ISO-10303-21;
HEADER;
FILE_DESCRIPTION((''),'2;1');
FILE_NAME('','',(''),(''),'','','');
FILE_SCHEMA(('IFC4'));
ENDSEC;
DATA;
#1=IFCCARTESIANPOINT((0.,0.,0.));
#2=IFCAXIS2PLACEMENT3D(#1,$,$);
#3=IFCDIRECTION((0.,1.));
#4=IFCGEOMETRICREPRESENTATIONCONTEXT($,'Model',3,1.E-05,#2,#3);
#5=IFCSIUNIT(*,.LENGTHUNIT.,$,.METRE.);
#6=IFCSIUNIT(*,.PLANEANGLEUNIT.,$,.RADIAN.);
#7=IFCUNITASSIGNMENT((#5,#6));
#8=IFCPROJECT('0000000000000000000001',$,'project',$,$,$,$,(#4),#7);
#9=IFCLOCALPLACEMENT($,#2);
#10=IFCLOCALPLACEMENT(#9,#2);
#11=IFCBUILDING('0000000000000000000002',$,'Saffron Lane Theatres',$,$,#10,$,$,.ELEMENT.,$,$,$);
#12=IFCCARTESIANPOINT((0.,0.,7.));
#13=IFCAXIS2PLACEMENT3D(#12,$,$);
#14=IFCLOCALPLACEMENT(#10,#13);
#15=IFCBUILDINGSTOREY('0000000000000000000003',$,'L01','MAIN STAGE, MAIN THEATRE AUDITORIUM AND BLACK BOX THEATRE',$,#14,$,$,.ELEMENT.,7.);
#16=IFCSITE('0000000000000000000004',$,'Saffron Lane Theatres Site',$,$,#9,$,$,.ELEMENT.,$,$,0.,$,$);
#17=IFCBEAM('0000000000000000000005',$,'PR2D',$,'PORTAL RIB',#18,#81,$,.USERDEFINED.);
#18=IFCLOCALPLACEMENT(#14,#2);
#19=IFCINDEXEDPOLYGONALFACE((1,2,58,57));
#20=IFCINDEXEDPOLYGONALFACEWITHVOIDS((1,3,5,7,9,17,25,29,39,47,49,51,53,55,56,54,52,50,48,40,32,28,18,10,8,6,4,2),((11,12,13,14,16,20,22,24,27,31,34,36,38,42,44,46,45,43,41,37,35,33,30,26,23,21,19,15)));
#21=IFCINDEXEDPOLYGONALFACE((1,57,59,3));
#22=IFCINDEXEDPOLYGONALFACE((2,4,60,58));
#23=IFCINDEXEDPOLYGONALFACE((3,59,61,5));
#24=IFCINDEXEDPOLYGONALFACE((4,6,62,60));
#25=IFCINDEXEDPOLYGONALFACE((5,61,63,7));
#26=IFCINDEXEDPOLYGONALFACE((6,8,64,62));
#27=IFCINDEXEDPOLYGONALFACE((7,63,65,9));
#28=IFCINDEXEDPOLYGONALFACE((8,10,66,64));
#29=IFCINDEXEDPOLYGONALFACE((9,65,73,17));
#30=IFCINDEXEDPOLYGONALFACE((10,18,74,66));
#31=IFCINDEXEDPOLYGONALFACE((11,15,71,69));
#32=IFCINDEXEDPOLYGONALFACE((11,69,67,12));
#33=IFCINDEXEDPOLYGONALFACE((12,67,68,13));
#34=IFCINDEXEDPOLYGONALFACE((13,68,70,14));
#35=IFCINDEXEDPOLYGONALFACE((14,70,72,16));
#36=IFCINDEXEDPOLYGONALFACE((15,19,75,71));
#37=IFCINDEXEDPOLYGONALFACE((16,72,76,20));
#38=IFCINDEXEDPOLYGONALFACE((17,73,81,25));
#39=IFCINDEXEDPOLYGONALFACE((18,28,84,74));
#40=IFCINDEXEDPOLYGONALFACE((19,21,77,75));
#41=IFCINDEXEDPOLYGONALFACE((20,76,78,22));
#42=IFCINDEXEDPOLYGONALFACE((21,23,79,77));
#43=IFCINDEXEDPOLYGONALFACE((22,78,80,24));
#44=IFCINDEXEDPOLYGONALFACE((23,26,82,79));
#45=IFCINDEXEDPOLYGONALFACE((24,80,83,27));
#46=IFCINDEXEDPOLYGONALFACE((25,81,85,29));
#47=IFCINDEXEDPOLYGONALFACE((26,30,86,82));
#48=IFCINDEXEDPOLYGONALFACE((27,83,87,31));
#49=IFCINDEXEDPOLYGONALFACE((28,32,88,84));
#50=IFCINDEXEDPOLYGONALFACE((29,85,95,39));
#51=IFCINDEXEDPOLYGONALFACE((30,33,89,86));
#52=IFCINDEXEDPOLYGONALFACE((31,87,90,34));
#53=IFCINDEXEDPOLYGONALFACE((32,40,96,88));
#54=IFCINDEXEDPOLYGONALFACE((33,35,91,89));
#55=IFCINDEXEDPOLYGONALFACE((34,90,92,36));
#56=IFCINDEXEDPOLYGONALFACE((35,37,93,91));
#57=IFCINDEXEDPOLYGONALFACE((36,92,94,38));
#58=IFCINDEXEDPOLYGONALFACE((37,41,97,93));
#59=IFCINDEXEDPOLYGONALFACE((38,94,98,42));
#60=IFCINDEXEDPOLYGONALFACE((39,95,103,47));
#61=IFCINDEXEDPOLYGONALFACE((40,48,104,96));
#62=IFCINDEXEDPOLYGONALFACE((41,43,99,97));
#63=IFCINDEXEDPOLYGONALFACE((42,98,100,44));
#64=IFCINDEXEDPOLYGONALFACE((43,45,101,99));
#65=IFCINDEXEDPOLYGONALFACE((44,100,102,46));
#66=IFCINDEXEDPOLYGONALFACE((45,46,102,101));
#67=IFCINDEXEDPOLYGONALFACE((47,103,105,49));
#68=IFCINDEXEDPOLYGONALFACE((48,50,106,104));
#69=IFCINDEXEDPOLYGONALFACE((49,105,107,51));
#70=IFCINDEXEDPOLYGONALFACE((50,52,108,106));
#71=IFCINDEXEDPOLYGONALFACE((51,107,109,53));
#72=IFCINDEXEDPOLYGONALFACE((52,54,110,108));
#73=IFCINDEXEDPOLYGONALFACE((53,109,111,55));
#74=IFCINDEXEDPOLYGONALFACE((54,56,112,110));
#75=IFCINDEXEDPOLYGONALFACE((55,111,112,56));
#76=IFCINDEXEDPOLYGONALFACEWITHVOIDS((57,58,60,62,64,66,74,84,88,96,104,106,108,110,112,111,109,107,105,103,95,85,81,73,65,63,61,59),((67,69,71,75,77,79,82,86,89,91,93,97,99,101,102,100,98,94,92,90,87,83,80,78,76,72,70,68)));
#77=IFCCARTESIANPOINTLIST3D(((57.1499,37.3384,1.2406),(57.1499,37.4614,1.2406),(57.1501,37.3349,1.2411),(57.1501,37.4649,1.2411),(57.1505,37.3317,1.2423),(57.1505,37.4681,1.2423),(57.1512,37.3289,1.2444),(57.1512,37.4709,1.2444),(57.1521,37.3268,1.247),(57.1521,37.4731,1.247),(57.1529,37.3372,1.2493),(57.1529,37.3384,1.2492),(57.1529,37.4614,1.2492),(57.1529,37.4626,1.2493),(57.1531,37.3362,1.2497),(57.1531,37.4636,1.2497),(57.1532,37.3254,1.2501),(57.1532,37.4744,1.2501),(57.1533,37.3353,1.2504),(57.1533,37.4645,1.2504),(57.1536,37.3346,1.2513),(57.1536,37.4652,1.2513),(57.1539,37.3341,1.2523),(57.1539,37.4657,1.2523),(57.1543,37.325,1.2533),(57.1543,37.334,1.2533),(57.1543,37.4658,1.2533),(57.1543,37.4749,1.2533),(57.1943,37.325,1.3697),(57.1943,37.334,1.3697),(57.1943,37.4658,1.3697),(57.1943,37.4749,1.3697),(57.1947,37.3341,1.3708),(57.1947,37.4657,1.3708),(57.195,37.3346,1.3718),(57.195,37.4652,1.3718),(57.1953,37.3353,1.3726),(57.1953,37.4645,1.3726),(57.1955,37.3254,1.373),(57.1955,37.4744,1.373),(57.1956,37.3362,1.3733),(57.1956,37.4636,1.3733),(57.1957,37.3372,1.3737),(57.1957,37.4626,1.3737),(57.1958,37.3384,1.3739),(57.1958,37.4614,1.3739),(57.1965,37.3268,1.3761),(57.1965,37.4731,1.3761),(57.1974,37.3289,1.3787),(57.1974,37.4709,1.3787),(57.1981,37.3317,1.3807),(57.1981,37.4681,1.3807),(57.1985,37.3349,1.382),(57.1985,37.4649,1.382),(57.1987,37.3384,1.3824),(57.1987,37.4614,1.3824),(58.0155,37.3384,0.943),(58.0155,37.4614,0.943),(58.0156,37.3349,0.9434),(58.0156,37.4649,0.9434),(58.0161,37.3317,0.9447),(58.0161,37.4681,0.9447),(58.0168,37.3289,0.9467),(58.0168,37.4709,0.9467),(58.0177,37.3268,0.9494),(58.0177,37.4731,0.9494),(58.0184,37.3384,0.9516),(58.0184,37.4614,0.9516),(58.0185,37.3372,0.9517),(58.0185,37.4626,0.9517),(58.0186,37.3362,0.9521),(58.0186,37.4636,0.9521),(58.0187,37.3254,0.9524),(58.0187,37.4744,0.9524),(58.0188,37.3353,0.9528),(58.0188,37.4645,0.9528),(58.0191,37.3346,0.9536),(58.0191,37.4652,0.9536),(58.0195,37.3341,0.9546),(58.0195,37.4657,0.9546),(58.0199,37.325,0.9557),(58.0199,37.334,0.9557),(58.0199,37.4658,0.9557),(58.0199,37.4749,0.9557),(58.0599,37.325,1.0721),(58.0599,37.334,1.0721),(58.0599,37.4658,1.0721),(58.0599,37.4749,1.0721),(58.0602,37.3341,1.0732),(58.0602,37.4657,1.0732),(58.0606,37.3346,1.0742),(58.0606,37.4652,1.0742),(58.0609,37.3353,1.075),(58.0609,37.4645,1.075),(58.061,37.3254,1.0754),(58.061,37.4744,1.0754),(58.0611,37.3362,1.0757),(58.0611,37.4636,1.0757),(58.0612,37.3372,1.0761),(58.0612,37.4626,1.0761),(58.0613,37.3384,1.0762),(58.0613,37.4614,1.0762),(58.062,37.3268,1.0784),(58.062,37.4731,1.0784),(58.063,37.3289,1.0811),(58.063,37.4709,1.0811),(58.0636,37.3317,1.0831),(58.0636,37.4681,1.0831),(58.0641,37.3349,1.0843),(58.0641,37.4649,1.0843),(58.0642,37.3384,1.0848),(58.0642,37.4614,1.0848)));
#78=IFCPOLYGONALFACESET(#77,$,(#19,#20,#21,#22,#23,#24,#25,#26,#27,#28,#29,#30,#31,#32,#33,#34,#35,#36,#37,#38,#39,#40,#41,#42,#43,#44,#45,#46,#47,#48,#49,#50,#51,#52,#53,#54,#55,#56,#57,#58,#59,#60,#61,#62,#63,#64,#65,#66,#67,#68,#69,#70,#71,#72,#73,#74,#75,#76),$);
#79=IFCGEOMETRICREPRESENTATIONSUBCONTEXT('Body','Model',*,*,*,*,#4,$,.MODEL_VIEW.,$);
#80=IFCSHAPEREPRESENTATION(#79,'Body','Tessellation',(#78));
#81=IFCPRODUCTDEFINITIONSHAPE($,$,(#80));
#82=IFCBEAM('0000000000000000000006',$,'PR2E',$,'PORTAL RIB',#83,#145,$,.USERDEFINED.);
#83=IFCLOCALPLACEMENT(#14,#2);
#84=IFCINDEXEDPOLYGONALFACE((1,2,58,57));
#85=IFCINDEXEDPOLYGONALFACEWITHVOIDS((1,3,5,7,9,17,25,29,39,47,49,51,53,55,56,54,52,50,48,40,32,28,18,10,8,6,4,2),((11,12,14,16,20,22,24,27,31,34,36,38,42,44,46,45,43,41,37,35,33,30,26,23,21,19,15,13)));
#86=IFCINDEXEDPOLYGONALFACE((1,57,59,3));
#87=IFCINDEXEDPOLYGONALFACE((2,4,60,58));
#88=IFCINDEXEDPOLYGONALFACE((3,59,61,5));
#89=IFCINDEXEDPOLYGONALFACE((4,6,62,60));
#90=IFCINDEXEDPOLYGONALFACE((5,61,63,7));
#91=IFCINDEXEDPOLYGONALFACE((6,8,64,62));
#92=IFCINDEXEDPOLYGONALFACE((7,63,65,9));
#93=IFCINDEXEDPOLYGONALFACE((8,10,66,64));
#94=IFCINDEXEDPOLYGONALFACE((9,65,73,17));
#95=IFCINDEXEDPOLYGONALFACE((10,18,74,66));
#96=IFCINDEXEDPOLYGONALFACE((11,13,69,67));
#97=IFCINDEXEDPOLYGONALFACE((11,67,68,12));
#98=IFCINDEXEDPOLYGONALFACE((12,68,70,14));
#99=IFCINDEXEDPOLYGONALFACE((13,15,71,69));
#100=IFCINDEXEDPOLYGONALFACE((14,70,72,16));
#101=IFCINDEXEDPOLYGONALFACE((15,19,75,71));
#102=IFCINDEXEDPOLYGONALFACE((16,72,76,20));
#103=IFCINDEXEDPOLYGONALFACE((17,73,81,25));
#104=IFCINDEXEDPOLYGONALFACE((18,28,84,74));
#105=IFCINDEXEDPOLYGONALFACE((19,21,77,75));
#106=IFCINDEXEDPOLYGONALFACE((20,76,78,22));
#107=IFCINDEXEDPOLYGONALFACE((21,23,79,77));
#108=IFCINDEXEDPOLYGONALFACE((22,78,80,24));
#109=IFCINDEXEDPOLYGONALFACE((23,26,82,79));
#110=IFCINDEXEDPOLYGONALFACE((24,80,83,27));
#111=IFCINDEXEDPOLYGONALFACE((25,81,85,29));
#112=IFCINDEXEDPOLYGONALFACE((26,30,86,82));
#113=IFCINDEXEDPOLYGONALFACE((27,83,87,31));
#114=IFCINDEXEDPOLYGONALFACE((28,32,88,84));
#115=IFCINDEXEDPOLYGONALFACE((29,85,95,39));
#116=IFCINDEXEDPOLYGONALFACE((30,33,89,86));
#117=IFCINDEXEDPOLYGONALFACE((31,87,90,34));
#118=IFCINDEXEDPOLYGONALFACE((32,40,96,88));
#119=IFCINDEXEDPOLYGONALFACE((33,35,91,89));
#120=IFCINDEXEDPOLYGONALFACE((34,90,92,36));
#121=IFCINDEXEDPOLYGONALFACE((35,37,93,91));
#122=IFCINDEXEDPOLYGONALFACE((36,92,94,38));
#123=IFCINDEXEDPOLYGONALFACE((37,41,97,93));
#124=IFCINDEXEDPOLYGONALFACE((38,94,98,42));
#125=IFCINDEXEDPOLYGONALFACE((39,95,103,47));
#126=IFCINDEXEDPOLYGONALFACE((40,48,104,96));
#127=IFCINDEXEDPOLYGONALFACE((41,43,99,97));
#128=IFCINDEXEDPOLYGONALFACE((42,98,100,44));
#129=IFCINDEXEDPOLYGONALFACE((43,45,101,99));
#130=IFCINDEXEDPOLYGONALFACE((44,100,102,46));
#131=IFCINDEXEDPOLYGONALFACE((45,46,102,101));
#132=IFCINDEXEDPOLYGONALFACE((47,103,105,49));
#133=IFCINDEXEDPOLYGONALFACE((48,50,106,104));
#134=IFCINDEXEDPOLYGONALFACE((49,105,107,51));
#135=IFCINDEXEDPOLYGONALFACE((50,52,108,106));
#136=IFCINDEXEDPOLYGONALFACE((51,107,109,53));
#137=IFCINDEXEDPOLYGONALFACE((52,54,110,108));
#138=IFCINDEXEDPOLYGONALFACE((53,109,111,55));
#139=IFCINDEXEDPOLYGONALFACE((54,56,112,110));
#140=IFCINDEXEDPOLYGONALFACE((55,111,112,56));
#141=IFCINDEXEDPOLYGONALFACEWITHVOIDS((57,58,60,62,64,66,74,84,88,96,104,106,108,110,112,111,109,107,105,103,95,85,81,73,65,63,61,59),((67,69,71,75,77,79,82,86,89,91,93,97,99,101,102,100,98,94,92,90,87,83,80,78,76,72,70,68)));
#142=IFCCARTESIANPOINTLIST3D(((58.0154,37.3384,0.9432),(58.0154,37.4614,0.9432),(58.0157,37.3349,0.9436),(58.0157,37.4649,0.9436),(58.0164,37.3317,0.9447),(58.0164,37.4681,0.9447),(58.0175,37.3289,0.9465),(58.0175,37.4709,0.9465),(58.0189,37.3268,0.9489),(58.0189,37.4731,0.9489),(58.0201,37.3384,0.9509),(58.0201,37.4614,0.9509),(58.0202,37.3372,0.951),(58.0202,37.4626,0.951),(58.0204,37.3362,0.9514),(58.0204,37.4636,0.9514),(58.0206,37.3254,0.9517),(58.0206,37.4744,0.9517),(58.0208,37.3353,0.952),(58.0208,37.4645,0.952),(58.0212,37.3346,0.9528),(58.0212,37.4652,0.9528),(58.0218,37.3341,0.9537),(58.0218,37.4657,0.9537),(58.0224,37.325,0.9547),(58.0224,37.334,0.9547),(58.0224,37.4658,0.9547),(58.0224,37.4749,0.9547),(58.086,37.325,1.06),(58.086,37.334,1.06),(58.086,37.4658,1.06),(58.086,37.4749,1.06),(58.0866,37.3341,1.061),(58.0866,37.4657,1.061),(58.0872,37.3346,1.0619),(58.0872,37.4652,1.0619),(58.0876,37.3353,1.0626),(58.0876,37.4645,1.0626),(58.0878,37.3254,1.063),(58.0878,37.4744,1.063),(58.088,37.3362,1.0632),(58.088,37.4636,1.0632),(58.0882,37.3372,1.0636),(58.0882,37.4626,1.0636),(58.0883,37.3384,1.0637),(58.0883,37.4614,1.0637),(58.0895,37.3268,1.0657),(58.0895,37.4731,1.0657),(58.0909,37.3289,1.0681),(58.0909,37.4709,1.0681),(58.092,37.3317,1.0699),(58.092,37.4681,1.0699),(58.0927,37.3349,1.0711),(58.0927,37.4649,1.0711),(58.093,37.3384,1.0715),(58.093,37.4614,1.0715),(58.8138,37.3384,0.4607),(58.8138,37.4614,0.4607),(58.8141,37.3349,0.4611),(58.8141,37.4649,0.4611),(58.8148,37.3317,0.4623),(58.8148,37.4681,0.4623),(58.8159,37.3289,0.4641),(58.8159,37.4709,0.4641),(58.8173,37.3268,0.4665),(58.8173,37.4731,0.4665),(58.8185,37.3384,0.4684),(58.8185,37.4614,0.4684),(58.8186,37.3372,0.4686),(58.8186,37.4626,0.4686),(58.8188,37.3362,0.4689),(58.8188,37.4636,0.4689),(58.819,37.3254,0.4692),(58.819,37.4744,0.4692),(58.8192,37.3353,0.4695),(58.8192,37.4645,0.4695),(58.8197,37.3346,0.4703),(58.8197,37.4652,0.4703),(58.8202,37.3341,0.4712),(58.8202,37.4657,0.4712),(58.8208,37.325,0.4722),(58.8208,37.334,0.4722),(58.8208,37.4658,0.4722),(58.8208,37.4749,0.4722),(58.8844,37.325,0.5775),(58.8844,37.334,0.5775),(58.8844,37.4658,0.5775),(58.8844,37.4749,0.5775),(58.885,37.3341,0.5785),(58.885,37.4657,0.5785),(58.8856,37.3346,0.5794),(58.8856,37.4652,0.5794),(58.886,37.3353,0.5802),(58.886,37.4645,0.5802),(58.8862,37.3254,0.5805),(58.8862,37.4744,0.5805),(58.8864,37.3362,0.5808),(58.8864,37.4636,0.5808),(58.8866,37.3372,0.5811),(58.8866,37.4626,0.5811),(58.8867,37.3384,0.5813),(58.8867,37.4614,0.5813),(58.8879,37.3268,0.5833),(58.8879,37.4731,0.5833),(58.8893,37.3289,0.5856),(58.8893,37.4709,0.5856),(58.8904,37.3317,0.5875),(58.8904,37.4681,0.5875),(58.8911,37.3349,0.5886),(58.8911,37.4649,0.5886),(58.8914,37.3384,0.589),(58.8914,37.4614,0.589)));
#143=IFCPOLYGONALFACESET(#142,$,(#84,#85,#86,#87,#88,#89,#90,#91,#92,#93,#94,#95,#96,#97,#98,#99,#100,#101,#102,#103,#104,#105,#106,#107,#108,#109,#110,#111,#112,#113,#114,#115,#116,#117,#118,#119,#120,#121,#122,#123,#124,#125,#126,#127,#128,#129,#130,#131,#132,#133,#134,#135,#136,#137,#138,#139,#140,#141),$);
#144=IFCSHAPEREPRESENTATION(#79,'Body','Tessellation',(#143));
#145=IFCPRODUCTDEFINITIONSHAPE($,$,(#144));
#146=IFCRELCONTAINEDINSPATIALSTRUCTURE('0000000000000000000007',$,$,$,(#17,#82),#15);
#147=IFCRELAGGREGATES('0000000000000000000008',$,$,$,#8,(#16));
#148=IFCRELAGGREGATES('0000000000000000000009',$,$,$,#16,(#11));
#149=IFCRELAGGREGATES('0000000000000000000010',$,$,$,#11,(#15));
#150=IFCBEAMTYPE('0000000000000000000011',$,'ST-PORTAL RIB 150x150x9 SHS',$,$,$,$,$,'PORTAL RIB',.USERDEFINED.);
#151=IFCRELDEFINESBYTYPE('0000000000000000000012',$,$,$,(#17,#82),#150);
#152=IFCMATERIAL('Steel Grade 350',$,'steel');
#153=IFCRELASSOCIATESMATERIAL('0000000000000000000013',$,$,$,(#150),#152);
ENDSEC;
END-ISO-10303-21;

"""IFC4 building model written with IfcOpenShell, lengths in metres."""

from ifc_helpers import new_model, si_unit, direction, frame, origin, origin_2d, place, context, subcontext, project, spatial, hollow_rectangle, extrude, material, material_profile, profile_set, type_object, element, save


model = new_model("IFC4")

# Units and contexts
model_context = context("Model", 3, precision=1e-05, world=origin(), true_north=direction((0.0, 1.0)))
body_context = subcontext(model_context, "Body", "Model", "MODEL_VIEW")
ifc_project = project(units=[si_unit("LENGTHUNIT", "METRE"), si_unit("PLANEANGLEUNIT", "RADIAN")], contexts=[model_context])

# Site, building, storey
site_placement = place(None, origin())
site = spatial("IfcSite", under=ifc_project, at=site_placement, Name="Saffron Lane Theatres Site", CompositionType="ELEMENT", RefElevation=0.0)
building_placement = place(site_placement, origin())
building = spatial("IfcBuilding", under=site, at=building_placement, Name="Saffron Lane Theatres", CompositionType="ELEMENT")
storey_placement = place(building_placement, frame((0.0, 0.0, 7.0)))
storey = spatial("IfcBuildingStorey", under=building, at=storey_placement, Name="L01", Description="MAIN STAGE, MAIN THEATRE AUDITORIUM AND BLACK BOX THEATRE", CompositionType="ELEMENT", Elevation=7.0)

# Beams
ifc_material_1 = material(Name="Steel Grade 350", Category="steel")
ifc_material_profile_1 = material_profile(ifc_material_1, hollow_rectangle(XDim=0.1499, YDim=0.1499, WallThickness=0.009, InnerFilletRadius=0.0044, OuterFilletRadius=0.0134, at=origin_2d()))
ifc_profile_set_1 = profile_set([ifc_material_profile_1], Name="Steel Grade 350")
beam_type_1 = type_object("IfcBeamType", Name="ST-PORTAL RIB 150x150x9 SHS", ElementType="PORTAL RIB", PredefinedType="USERDEFINED", material=ifc_profile_set_1)
beam_1_placement = place(storey_placement, frame((57.1743, 37.3999, 1.3115), z_axis=(0.945653, 0.0, -0.325177), x_axis=(0.0, 1.0, 0.0)))
element("IfcBeam", 1, at=beam_1_placement, inside=storey, type_object=beam_type_1, Name="PR2D", ObjectType="PORTAL RIB", PredefinedType="USERDEFINED", context=body_context, shape_type="SweptSolid", body=[
    extrude(hollow_rectangle(XDim=0.1499, YDim=0.1499, WallThickness=0.009, InnerFilletRadius=0.0044, OuterFilletRadius=0.0134, at=origin_2d()), origin(), (0.0, 0.0, 1.0), 0.9153),
])
beam_2_placement = place(storey_placement, frame((58.0542, 37.3999, 1.0073), z_axis=(0.855872, 0.0, -0.517188), x_axis=(0.0, 1.0, 0.0)))
element("IfcBeam", 2, at=beam_2_placement, inside=storey, type_object=beam_type_1, Name="PR2E", ObjectType="PORTAL RIB", PredefinedType="USERDEFINED", context=body_context, shape_type="SweptSolid", body=[
    extrude(hollow_rectangle(XDim=0.1499, YDim=0.1499, WallThickness=0.009, InnerFilletRadius=0.0044, OuterFilletRadius=0.0134, at=origin_2d()), origin(), (0.0, 0.0, 1.0), 0.9329),
])

save(model, "model.ifc")
